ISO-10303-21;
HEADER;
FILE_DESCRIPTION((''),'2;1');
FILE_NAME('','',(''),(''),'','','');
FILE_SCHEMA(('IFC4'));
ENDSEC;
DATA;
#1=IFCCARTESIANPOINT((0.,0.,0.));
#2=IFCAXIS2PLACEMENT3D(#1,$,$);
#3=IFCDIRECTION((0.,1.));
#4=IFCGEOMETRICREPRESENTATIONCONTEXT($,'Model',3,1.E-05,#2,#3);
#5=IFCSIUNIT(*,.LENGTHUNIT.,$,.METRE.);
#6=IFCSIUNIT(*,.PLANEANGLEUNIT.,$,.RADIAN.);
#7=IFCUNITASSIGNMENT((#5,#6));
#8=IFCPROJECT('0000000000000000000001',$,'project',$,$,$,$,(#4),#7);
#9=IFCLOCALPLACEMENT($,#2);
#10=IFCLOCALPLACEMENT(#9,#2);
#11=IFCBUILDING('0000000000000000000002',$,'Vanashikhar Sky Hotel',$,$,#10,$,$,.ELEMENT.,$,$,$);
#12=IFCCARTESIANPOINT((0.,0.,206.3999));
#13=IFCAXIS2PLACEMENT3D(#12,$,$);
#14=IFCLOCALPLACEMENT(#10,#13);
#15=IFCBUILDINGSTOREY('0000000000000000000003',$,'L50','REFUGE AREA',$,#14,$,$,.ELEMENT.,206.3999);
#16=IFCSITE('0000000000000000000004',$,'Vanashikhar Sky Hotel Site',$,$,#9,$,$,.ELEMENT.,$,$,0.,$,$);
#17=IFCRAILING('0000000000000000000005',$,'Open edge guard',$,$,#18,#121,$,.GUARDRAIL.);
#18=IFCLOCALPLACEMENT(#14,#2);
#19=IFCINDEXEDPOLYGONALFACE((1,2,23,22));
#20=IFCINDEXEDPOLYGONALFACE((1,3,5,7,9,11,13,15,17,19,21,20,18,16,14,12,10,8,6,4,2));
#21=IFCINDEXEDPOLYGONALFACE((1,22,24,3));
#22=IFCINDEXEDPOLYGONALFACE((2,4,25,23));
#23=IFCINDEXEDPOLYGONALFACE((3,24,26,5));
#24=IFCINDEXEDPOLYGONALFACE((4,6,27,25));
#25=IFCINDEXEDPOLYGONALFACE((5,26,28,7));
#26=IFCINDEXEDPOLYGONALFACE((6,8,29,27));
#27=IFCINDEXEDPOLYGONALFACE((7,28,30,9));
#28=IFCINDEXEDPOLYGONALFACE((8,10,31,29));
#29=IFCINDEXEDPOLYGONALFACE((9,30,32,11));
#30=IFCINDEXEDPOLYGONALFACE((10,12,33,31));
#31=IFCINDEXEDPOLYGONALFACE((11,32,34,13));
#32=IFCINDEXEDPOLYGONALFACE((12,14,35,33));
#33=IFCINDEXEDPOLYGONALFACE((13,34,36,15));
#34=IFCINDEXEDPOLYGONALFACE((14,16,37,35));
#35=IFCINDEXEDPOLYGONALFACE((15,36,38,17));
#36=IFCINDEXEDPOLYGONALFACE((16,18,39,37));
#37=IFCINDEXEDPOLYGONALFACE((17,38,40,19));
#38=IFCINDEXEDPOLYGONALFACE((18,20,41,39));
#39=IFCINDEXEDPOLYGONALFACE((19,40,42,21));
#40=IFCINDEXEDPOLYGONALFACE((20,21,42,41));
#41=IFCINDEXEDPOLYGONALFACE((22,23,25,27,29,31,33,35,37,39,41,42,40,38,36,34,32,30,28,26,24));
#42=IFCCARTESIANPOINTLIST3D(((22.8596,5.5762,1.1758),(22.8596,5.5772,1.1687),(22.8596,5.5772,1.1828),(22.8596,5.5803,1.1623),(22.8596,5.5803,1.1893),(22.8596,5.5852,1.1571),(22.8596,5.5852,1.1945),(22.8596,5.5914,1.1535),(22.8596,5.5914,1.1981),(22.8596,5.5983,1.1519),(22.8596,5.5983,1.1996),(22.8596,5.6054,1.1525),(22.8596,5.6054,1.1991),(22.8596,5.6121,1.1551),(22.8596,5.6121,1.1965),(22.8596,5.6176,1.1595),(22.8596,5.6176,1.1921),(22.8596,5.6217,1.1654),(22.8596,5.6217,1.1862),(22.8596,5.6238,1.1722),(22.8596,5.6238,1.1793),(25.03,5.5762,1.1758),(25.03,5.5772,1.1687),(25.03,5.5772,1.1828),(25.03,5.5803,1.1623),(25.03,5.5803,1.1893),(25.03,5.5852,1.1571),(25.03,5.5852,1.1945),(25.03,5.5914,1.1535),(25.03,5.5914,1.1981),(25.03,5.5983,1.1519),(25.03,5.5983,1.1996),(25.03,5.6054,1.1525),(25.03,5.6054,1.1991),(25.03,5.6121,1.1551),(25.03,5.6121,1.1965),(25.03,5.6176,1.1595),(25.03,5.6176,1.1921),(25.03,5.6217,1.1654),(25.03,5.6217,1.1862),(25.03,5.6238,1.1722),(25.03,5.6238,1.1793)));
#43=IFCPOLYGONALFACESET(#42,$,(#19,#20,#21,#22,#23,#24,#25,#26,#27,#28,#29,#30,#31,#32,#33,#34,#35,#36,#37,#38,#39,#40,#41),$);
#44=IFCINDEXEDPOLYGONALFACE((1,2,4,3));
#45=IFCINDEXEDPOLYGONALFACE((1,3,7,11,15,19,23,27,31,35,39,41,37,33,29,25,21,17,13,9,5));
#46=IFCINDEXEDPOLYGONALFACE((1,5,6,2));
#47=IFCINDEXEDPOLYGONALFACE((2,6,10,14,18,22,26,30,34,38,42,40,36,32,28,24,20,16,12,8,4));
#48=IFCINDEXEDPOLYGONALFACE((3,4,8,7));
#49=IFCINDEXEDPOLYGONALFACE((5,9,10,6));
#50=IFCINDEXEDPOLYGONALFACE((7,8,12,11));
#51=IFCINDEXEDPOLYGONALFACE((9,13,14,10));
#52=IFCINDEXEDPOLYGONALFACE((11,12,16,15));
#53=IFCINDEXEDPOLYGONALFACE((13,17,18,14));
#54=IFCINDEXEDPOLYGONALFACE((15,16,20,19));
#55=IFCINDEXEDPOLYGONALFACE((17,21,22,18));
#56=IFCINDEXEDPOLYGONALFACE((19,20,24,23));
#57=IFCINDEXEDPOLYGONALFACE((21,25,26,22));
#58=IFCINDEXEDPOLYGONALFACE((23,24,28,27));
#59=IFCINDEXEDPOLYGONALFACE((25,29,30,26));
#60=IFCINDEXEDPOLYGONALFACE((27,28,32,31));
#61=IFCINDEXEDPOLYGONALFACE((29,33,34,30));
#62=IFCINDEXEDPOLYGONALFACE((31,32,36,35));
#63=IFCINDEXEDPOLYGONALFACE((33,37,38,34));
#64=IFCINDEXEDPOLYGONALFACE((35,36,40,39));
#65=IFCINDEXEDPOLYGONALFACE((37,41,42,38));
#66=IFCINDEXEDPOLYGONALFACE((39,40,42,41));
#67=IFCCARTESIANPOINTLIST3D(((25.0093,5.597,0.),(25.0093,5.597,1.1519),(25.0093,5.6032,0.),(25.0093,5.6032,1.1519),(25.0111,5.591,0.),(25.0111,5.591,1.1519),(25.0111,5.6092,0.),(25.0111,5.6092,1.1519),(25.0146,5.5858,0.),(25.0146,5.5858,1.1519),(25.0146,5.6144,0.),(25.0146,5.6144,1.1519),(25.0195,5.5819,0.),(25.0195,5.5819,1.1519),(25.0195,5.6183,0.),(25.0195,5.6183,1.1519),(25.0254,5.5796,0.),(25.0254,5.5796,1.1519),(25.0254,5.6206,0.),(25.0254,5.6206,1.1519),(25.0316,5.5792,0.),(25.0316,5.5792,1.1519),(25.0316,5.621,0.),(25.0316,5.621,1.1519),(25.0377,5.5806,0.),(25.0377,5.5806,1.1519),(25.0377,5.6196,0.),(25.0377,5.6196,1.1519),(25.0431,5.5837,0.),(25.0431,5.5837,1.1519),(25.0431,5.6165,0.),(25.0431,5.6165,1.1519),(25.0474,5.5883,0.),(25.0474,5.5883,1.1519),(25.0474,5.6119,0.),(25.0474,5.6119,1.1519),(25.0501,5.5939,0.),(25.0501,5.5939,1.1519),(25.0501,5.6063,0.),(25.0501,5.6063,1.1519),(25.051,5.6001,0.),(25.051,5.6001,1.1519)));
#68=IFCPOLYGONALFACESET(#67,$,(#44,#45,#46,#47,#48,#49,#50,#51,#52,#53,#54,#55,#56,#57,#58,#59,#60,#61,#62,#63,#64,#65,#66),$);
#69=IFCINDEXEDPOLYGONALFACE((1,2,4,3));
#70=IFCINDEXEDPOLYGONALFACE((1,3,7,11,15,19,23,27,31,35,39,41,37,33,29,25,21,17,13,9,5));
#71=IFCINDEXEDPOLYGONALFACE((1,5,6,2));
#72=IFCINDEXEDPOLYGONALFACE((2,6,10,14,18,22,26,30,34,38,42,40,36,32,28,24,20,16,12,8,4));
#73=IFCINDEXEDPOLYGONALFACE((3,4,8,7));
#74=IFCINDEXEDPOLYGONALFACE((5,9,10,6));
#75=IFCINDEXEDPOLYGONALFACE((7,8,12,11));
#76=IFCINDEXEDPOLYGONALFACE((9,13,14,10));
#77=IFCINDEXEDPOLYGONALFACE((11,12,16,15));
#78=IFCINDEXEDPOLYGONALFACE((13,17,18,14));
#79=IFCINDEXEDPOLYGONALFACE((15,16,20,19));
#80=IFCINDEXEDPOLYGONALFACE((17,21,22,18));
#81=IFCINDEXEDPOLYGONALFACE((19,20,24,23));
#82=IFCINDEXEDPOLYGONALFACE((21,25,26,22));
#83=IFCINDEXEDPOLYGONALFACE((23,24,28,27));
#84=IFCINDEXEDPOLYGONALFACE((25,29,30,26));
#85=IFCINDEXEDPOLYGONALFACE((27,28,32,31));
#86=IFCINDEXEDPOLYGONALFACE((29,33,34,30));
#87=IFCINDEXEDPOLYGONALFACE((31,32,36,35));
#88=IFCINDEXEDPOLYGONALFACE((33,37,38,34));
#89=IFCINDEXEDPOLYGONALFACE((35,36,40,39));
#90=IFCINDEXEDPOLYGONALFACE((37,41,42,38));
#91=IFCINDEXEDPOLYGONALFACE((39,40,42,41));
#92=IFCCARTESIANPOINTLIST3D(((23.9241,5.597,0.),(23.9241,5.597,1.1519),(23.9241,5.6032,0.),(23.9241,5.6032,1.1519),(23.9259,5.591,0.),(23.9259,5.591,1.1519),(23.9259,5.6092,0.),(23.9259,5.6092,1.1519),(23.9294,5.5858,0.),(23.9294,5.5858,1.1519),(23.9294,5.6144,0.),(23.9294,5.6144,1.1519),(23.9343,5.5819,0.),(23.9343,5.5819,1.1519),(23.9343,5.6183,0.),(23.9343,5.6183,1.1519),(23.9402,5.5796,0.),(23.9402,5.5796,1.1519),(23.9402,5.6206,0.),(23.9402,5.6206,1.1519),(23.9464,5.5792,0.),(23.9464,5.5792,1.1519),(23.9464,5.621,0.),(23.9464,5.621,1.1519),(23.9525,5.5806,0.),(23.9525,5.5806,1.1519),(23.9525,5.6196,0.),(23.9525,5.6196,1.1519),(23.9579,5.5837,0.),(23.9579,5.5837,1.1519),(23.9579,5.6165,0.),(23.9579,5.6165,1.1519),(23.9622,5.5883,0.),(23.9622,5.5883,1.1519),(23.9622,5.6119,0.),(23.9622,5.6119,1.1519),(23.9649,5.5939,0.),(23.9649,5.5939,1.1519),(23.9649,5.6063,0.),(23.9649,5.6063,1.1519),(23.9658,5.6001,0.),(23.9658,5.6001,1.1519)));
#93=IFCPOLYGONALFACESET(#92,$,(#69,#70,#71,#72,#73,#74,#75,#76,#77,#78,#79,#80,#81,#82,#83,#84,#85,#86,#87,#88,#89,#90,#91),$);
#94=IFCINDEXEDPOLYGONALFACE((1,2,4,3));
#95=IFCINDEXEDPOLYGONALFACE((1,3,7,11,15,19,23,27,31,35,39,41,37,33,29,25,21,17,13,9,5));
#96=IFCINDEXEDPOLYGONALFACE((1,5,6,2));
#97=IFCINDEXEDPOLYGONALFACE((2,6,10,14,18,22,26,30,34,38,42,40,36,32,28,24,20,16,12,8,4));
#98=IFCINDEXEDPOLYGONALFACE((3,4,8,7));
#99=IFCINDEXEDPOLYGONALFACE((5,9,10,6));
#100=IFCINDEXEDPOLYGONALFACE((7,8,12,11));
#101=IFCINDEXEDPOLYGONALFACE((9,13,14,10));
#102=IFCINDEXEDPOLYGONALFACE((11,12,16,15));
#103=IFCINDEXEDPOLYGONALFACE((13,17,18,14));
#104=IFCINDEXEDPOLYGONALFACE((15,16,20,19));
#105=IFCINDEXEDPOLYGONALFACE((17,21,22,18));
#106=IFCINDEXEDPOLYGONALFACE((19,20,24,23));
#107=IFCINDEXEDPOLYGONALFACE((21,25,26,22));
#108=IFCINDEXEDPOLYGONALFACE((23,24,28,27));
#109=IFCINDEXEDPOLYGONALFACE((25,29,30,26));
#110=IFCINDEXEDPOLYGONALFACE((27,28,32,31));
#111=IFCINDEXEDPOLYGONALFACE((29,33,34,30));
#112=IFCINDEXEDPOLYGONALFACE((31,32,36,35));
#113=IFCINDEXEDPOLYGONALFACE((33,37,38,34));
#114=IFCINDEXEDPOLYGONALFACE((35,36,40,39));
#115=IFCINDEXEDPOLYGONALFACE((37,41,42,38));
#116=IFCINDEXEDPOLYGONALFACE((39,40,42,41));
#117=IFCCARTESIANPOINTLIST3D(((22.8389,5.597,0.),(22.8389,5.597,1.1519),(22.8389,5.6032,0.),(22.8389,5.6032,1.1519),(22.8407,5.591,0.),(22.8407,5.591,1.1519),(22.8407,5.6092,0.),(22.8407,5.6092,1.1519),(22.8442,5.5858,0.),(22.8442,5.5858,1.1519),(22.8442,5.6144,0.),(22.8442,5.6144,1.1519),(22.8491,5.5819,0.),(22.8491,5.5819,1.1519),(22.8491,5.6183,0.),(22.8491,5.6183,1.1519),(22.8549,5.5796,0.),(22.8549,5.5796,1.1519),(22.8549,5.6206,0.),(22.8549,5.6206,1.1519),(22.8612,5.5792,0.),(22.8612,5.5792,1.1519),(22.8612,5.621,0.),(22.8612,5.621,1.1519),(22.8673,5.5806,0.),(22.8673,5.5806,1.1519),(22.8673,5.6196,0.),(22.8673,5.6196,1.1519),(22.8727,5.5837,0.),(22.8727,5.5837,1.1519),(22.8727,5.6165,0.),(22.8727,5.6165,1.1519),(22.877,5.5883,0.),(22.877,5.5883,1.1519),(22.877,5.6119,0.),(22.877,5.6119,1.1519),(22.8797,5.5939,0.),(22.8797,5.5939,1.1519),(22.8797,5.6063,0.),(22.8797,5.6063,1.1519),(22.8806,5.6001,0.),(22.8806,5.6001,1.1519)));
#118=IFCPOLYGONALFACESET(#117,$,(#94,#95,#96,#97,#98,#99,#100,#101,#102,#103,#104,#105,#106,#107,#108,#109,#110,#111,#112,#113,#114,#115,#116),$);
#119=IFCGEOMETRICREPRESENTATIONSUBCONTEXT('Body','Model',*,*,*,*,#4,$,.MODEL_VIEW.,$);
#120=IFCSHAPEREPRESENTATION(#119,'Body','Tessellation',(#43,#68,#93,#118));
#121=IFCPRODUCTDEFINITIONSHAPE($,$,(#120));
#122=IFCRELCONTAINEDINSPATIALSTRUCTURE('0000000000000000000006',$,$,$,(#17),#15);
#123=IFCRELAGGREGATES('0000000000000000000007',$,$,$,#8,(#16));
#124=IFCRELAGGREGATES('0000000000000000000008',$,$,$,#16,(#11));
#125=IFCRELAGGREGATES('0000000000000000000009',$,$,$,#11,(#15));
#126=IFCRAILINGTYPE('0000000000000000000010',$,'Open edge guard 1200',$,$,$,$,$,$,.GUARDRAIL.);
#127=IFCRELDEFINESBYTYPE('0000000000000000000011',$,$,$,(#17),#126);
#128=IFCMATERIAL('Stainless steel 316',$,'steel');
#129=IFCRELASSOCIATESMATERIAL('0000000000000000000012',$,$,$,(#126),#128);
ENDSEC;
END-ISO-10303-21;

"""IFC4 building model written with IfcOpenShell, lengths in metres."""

from ifc_helpers import new_model, si_unit, direction, frame, origin, origin_2d, place, context, subcontext, project, spatial, circle, extrude, source, transform, mapped, material, type_object, element, save


model = new_model("IFC4")

# Units and contexts
model_context = context("Model", 3, precision=1e-05, world=origin(), true_north=direction((0.0, 1.0)))
body_context = subcontext(model_context, "Body", "Model", "MODEL_VIEW")
ifc_project = project(units=[si_unit("LENGTHUNIT", "METRE"), si_unit("PLANEANGLEUNIT", "RADIAN")], contexts=[model_context])

# Site, building, storey
site_placement = place(None, origin())
site = spatial("IfcSite", under=ifc_project, at=site_placement, Name="Vanashikhar Sky Hotel Site", CompositionType="ELEMENT", RefElevation=0.0)
building_placement = place(site_placement, origin())
building = spatial("IfcBuilding", under=site, at=building_placement, Name="Vanashikhar Sky Hotel", CompositionType="ELEMENT")
storey_placement = place(building_placement, frame((0.0, 0.0, 206.3999)))
storey = spatial("IfcBuildingStorey", under=building, at=storey_placement, Name="L50", Description="REFUGE AREA", CompositionType="ELEMENT", Elevation=206.3999)

# Railing
ifc_material_1 = material(Name="Stainless steel 316", Category="steel")
railing_type = type_object("IfcRailingType", Name="Open edge guard 1200", PredefinedType="GUARDRAIL", material=ifc_material_1)
shared_shape_1 = source(origin(), body_context, "Body", "SweptSolid", [
    extrude(circle(Radius=0.0239, at=origin_2d()), frame((0.0, 0.0, 1.1758), z_axis=(-1.0, 0.0, 0.0), x_axis=(0.0, -1.0, 0.0)), (0.0, 0.0, 1.0), 2.1704),
    extrude(circle(Radius=0.021, at=origin_2d()), origin(), (0.0, 0.0, 1.0), 1.1519),
    extrude(circle(Radius=0.021, at=origin_2d()), frame((-1.0852, 0.0, 0.0)), (0.0, 0.0, 1.0), 1.1519),
    extrude(circle(Radius=0.021, at=origin_2d()), frame((-2.1704, 0.0, 0.0)), (0.0, 0.0, 1.0), 1.1519),
])
for number, where, name in (
    (1, (25.03, 5.6001, 0.0), "Open edge guard"),
):
    element("IfcRailing", number, at=place(storey_placement, frame(where)), inside=storey, type_object=railing_type, Name=name, PredefinedType="GUARDRAIL", context=body_context, shape_type="MappedRepresentation", body=[
        mapped(shared_shape_1, transform((0.0, 0.0, 0.0), scale=1.0)),
    ])

save(model, "model.ifc")
